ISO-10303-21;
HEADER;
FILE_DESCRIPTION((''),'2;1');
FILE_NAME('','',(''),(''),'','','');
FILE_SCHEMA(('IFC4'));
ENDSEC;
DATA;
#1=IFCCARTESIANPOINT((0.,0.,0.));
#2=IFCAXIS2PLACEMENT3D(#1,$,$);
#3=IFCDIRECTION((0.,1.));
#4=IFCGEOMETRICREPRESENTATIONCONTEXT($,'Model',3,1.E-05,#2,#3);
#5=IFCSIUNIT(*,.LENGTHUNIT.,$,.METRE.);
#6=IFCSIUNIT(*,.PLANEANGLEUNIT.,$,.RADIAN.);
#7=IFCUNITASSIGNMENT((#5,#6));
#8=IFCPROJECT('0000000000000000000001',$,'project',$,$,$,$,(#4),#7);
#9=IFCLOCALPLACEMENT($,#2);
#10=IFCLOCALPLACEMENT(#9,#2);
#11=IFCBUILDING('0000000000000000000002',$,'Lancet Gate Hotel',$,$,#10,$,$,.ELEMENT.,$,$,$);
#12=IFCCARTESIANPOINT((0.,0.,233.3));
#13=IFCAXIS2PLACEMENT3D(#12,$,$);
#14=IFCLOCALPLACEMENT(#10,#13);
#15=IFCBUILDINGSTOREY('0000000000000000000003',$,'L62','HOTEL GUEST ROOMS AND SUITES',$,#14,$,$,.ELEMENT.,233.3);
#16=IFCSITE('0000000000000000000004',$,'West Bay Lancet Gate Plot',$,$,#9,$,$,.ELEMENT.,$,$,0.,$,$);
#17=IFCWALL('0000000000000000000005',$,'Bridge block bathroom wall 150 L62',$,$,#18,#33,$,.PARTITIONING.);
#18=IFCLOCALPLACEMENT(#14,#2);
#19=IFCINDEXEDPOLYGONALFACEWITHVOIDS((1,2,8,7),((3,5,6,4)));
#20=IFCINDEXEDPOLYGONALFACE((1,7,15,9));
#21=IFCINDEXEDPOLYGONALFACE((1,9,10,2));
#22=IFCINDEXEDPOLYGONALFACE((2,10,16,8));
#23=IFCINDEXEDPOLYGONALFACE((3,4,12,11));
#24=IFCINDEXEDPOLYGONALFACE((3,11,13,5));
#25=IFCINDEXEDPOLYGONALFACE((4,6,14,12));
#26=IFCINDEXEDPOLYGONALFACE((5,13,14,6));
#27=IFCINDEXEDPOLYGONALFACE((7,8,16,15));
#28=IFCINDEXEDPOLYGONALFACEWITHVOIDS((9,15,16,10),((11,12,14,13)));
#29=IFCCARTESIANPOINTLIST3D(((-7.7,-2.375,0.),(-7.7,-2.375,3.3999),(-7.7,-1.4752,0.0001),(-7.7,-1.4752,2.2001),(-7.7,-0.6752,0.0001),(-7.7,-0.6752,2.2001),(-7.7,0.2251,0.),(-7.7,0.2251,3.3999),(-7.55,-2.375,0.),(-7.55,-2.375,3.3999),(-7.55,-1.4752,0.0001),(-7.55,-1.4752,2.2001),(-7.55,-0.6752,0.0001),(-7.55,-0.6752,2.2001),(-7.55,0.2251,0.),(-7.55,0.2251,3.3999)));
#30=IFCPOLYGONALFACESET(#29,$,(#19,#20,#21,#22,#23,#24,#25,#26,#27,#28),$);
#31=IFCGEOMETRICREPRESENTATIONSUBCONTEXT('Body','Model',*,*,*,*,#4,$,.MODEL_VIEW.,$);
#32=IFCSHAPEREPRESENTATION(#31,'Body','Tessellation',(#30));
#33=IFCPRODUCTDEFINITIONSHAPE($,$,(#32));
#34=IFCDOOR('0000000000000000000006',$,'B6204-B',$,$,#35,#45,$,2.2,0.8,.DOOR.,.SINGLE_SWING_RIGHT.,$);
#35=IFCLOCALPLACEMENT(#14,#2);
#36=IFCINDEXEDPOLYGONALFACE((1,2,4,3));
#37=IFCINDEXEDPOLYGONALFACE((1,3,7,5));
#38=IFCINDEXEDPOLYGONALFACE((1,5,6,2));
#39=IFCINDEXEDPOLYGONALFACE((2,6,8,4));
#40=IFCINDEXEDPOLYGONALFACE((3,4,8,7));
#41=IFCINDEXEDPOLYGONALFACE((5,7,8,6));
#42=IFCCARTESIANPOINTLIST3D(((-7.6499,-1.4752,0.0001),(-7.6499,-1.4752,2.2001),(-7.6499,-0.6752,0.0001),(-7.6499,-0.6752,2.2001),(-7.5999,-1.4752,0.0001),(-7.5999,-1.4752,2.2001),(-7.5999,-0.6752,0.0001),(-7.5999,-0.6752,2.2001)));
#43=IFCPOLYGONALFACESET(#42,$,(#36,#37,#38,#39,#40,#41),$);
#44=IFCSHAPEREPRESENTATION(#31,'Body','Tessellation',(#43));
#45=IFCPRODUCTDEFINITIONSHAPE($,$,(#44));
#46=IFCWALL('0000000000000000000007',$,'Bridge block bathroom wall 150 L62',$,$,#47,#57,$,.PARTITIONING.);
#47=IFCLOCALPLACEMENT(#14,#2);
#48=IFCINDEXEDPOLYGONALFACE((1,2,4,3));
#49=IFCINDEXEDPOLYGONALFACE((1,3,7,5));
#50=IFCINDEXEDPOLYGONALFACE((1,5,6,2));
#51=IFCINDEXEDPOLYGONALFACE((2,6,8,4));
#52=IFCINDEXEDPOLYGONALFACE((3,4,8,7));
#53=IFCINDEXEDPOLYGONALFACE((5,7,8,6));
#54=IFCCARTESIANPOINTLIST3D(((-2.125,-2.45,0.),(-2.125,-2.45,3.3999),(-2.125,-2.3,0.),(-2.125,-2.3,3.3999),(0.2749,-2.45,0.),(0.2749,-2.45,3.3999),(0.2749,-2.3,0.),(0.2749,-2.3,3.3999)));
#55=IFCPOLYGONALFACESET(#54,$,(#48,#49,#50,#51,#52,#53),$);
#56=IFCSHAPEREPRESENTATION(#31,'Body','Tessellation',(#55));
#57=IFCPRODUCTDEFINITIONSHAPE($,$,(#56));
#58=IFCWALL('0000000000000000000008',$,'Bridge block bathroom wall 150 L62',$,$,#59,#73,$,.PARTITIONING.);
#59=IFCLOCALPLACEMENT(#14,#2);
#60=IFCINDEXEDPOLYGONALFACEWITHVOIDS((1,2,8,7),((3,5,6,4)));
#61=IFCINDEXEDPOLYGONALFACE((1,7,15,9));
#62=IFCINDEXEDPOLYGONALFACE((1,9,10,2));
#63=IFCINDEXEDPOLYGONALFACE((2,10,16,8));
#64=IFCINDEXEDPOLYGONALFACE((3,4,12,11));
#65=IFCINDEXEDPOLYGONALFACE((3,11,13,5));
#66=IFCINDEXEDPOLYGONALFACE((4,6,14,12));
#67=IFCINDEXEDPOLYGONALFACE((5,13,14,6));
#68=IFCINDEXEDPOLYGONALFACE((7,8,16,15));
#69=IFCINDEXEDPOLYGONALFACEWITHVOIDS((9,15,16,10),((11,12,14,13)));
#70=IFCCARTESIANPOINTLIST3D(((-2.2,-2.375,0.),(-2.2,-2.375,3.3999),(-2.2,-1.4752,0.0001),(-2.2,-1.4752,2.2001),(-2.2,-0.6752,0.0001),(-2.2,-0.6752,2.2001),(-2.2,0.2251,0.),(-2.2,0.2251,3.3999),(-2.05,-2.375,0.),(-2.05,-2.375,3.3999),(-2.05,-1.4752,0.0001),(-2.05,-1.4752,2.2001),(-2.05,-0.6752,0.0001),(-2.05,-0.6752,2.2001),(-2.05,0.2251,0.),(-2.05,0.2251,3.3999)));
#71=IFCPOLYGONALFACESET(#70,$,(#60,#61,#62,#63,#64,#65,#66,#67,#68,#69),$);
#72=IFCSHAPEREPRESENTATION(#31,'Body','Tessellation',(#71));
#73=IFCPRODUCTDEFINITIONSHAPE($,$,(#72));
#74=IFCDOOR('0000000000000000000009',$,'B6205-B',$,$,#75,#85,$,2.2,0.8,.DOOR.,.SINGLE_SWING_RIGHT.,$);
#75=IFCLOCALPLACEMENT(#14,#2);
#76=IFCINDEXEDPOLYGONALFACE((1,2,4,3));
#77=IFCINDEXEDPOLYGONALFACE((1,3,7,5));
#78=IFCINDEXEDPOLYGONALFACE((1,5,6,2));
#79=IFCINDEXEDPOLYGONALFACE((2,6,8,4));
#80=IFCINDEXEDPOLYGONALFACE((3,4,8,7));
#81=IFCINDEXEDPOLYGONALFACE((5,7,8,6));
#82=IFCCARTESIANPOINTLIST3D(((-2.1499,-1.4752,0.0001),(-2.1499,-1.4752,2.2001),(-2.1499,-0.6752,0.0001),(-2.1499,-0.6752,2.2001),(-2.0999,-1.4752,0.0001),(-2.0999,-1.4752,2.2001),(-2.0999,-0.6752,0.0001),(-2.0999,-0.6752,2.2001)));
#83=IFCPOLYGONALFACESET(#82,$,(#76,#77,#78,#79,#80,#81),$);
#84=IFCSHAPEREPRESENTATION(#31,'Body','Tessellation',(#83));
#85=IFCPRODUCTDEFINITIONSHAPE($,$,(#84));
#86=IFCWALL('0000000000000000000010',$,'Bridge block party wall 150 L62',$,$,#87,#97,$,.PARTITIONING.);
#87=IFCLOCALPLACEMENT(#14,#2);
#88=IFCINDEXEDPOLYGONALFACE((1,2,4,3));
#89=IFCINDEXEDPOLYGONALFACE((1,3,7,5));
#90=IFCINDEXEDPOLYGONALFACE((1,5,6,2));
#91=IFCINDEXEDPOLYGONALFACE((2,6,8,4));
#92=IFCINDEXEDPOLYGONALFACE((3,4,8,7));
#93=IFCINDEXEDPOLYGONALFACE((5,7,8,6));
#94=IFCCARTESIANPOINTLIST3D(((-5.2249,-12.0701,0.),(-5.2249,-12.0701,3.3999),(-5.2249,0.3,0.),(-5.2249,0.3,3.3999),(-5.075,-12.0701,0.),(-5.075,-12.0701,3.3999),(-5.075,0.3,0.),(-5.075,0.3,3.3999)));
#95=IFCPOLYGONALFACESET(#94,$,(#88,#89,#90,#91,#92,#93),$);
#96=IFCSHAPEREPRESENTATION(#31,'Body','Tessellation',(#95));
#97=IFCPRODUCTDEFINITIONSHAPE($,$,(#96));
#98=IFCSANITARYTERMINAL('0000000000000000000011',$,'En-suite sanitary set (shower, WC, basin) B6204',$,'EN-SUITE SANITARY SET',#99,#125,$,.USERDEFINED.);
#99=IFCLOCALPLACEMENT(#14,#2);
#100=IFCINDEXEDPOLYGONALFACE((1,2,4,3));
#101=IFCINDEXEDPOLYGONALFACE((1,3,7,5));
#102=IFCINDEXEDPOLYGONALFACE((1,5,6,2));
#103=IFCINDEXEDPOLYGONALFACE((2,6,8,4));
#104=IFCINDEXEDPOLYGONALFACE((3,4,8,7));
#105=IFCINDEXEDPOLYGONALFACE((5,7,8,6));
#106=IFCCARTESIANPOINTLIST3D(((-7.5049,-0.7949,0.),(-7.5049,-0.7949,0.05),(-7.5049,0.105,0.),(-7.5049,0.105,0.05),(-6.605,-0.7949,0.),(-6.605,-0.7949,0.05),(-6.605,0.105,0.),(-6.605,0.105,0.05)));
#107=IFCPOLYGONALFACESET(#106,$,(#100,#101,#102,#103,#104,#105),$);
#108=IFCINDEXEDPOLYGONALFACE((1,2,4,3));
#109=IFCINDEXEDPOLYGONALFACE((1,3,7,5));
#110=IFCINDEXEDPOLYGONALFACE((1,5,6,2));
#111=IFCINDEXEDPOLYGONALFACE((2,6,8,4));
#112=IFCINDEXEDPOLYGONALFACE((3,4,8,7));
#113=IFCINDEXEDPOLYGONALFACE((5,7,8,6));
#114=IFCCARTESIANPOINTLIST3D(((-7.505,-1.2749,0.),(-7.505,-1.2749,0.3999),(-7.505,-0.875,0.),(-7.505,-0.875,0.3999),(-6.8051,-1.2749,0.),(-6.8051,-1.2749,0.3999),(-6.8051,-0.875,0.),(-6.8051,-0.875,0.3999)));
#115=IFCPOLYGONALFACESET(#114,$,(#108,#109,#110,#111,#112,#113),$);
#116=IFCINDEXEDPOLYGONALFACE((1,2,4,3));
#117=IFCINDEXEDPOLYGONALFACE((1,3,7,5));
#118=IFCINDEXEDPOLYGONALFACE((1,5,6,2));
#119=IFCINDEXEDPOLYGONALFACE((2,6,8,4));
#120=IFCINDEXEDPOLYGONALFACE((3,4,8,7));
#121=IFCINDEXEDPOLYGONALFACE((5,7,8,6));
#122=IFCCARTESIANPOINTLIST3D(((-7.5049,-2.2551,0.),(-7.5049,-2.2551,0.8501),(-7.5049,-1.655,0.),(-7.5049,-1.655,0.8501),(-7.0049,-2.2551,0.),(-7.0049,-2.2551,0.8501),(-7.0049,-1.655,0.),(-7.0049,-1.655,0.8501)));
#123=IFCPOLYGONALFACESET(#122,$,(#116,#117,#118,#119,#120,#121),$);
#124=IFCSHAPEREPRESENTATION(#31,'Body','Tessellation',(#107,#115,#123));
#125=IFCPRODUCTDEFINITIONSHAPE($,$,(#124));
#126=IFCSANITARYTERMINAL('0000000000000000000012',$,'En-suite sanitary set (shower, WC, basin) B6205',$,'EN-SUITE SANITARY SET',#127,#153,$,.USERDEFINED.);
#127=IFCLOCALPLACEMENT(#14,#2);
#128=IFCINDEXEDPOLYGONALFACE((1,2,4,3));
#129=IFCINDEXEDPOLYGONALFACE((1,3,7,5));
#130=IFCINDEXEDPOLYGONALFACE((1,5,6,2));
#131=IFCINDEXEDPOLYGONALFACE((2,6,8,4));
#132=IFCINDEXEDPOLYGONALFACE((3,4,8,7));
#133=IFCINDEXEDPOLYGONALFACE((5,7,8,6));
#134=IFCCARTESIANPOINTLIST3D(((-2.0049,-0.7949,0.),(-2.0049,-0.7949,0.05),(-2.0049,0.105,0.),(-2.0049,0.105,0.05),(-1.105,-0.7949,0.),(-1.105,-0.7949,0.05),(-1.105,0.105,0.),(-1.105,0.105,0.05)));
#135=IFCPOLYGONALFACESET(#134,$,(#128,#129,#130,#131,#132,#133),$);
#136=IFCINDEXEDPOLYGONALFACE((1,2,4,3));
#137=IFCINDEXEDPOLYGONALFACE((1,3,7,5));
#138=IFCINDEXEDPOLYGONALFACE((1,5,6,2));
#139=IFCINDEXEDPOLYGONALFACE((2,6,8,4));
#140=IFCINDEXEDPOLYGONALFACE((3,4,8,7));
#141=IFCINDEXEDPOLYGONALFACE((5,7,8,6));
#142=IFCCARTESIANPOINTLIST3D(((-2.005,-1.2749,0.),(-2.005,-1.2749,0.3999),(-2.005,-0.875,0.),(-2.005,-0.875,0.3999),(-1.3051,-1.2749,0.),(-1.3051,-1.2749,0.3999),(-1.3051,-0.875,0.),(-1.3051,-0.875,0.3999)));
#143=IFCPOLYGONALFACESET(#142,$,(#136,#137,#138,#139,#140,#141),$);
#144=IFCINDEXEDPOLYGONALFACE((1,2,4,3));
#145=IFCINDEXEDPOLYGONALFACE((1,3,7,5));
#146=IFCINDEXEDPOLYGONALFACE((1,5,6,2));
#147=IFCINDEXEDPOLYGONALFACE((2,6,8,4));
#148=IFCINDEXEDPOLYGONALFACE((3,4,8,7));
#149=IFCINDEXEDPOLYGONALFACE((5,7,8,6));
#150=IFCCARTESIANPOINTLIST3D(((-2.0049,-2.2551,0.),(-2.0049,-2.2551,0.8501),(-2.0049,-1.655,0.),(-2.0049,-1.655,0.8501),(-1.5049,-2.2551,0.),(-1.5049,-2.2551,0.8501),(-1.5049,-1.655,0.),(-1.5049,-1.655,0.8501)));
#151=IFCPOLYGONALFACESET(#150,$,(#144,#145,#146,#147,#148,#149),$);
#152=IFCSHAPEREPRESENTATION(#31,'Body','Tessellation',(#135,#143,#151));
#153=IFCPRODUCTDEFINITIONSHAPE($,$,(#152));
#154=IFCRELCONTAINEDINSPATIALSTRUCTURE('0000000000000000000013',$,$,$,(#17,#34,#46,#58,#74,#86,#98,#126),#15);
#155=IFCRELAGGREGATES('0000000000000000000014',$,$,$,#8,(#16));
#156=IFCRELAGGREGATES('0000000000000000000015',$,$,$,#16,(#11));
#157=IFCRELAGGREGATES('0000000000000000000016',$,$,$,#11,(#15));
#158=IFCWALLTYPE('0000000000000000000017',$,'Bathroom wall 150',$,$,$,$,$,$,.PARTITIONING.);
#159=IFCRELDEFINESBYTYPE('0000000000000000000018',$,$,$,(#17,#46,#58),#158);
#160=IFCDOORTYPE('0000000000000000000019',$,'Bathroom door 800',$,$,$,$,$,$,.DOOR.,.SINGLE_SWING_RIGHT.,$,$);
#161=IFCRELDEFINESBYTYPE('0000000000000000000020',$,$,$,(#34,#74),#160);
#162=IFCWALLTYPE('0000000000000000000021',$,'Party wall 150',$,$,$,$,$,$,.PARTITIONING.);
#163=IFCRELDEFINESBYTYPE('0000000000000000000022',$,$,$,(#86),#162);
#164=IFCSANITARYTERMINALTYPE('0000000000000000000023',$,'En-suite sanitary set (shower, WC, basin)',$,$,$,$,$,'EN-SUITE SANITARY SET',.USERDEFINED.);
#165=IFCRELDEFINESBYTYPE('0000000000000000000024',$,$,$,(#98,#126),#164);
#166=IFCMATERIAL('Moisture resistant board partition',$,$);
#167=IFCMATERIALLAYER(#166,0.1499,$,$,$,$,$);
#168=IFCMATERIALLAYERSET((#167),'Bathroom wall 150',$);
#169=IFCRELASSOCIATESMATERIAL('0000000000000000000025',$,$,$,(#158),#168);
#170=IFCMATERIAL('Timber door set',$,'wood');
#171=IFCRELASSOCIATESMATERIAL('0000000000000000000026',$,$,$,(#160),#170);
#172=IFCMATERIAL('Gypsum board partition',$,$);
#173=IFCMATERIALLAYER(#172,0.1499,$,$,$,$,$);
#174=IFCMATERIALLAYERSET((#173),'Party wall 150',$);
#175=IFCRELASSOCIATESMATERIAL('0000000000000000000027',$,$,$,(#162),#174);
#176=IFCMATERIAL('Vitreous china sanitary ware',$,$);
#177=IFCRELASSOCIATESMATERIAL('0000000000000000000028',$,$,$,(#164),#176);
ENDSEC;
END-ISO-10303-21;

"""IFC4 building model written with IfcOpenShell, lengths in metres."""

from ifc_helpers import new_model, si_unit, direction, frame, frame_2d, origin, origin_2d, place, context, subcontext, project, spatial, rectangle, extrude, material, layer, layer_set, type_object, element, fill, save


model = new_model("IFC4")

# Units and contexts
model_context = context("Model", 3, precision=1e-05, world=origin(), true_north=direction((0.0, 1.0)))
body_context = subcontext(model_context, "Body", "Model", "MODEL_VIEW")
ifc_project = project(units=[si_unit("LENGTHUNIT", "METRE"), si_unit("PLANEANGLEUNIT", "RADIAN")], contexts=[model_context])

# Site, building, storey
site_placement = place(None, origin())
site = spatial("IfcSite", under=ifc_project, at=site_placement, Name="West Bay Lancet Gate Plot", CompositionType="ELEMENT", RefElevation=0.0)
building_placement = place(site_placement, origin())
building = spatial("IfcBuilding", under=site, at=building_placement, Name="Lancet Gate Hotel", CompositionType="ELEMENT")
storey_placement = place(building_placement, frame((0.0, 0.0, 233.3)))
storey = spatial("IfcBuildingStorey", under=building, at=storey_placement, Name="L62", Description="HOTEL GUEST ROOMS AND SUITES", CompositionType="ELEMENT", Elevation=233.3)

# Shared definitions
ifc_material_1 = material(Name="Moisture resistant board partition")
ifc_layer_1 = layer(ifc_material_1, 0.1499)
ifc_layer_set_1 = layer_set([ifc_layer_1], Name="Bathroom wall 150")
wall_type_1 = type_object("IfcWallType", Name="Bathroom wall 150", PredefinedType="PARTITIONING", material=ifc_layer_set_1)

# Wall, opening, door
wall_1_placement = place(storey_placement, frame((-7.625, -2.375, 0.0), z_axis=(0.0, 0.0, 1.0), x_axis=(0.0, 1.0, 0.0)))
wall_1 = element("IfcWall", 1, at=wall_1_placement, inside=storey, type_object=wall_type_1, Name="Bridge block bathroom wall 150 L62", PredefinedType="PARTITIONING", context=body_context, shape_type="SweptSolid", body=[
    extrude(rectangle(XDim=2.6001, YDim=0.1499, at=frame_2d((1.3, 0.0))), origin(), (0.0, 0.0, 1.0), 3.3999),
])
opening_1_placement = place(wall_1_placement, frame((0.8999, 0.0, 0.0)))
opening_1 = element("IfcOpeningElement", 2, at=opening_1_placement, cuts=wall_1, PredefinedType="OPENING", context=body_context, shape_type="SweptSolid", body=[
    extrude(rectangle(XDim=0.8, YDim=2.2, at=frame_2d((0.3999, 1.1001))), frame((0.0, 0.085, 0.0), z_axis=(0.0, -1.0, 0.0), x_axis=(1.0, 0.0, 0.0)), (0.0, 0.0, 1.0), 0.1699),
])
ifc_material_2 = material(Name="Timber door set", Category="wood")
door_type = type_object("IfcDoorType", Name="Bathroom door 800", OperationType="SINGLE_SWING_RIGHT", PredefinedType="DOOR", material=ifc_material_2)
door_1_placement = place(opening_1_placement, origin())
door_1 = element("IfcDoor", 3, at=door_1_placement, inside=storey, type_object=door_type, Name="B6204-B", OperationType="SINGLE_SWING_RIGHT", OverallHeight=2.2, OverallWidth=0.8, PredefinedType="DOOR", context=body_context, shape_type="SweptSolid", body=[
    extrude(rectangle(XDim=0.8, YDim=2.2, at=frame_2d((0.3999, 1.1001))), frame((0.0, 0.0249, 0.0), z_axis=(0.0, -1.0, 0.0), x_axis=(1.0, 0.0, 0.0)), (0.0, 0.0, 1.0), 0.05),
])
fill(opening_1, door_1)

# Wall
wall_2_placement = place(storey_placement, frame((-2.125, -2.375, 0.0), z_axis=(0.0, 0.0, 1.0), x_axis=(1.0, 0.0, 0.0)))
element("IfcWall", 4, at=wall_2_placement, inside=storey, type_object=wall_type_1, Name="Bridge block bathroom wall 150 L62", PredefinedType="PARTITIONING", context=body_context, shape_type="SweptSolid", body=[
    extrude(rectangle(XDim=2.3999, YDim=0.1499, at=frame_2d((1.2, 0.0))), origin(), (0.0, 0.0, 1.0), 3.3999),
])

# Wall, opening, door
wall_3_placement = place(storey_placement, frame((-2.125, -2.375, 0.0), z_axis=(0.0, 0.0, 1.0), x_axis=(0.0, 1.0, 0.0)))
wall_3 = element("IfcWall", 5, at=wall_3_placement, inside=storey, type_object=wall_type_1, Name="Bridge block bathroom wall 150 L62", PredefinedType="PARTITIONING", context=body_context, shape_type="SweptSolid", body=[
    extrude(rectangle(XDim=2.6001, YDim=0.1499, at=frame_2d((1.3, 0.0))), origin(), (0.0, 0.0, 1.0), 3.3999),
])
opening_2_placement = place(wall_3_placement, frame((0.8999, 0.0, 0.0)))
opening_2 = element("IfcOpeningElement", 6, at=opening_2_placement, cuts=wall_3, PredefinedType="OPENING", context=body_context, shape_type="SweptSolid", body=[
    extrude(rectangle(XDim=0.8, YDim=2.2, at=frame_2d((0.3999, 1.1001))), frame((0.0, 0.085, 0.0), z_axis=(0.0, -1.0, 0.0), x_axis=(1.0, 0.0, 0.0)), (0.0, 0.0, 1.0), 0.1699),
])
door_2_placement = place(opening_2_placement, origin())
door_2 = element("IfcDoor", 7, at=door_2_placement, inside=storey, type_object=door_type, Name="B6205-B", OperationType="SINGLE_SWING_RIGHT", OverallHeight=2.2, OverallWidth=0.8, PredefinedType="DOOR", context=body_context, shape_type="SweptSolid", body=[
    extrude(rectangle(XDim=0.8, YDim=2.2, at=frame_2d((0.3999, 1.1001))), frame((0.0, 0.0249, 0.0), z_axis=(0.0, -1.0, 0.0), x_axis=(1.0, 0.0, 0.0)), (0.0, 0.0, 1.0), 0.05),
])
fill(opening_2, door_2)

# Wall
ifc_material_3 = material(Name="Gypsum board partition")
ifc_layer_2 = layer(ifc_material_3, 0.1499)
ifc_layer_set_2 = layer_set([ifc_layer_2], Name="Party wall 150")
wall_type_2 = type_object("IfcWallType", Name="Party wall 150", PredefinedType="PARTITIONING", material=ifc_layer_set_2)
wall_4_placement = place(storey_placement, frame((-5.1499, -12.0701, 0.0), z_axis=(0.0, 0.0, 1.0), x_axis=(0.0, 1.0, 0.0)))
element("IfcWall", 8, at=wall_4_placement, inside=storey, type_object=wall_type_2, Name="Bridge block party wall 150 L62", PredefinedType="PARTITIONING", context=body_context, shape_type="SweptSolid", body=[
    extrude(rectangle(XDim=12.3701, YDim=0.1499, at=frame_2d((6.1851, 0.0))), origin(), (0.0, 0.0, 1.0), 3.3999),
])

# Sanitary terminals
ifc_material_4 = material(Name="Vitreous china sanitary ware")
sanitary_terminal_type = type_object("IfcSanitaryTerminalType", Name="En-suite sanitary set (shower, WC, basin)", ElementType="EN-SUITE SANITARY SET", PredefinedType="USERDEFINED", material=ifc_material_4)
for number, where, z_axis, x_axis, name in (
    (9, (-7.0549, -0.345, 0.0), (0.0, 0.0, 1.0), (1.0, 0.0, 0.0), "En-suite sanitary set (shower, WC, basin) B6204"),
    (10, (-1.5549, -0.345, 0.0), (0.0, 0.0, 1.0), (1.0, 0.0, 0.0), "En-suite sanitary set (shower, WC, basin) B6205"),
):
    element("IfcSanitaryTerminal", number, at=place(storey_placement, frame(where, z_axis=z_axis, x_axis=x_axis)), inside=storey, type_object=sanitary_terminal_type, Name=name, ObjectType="EN-SUITE SANITARY SET", PredefinedType="USERDEFINED", context=body_context, shape_type="SweptSolid", body=[
        extrude(rectangle(XDim=0.8999, YDim=0.8999, at=origin_2d()), frame((0.0, 0.0, 0.0), z_axis=(0.0, 0.0, 1.0), x_axis=(0.0, 1.0, 0.0)), (0.0, 0.0, 1.0), 0.05),
        extrude(rectangle(XDim=0.3999, YDim=0.7, at=origin_2d()), frame((-0.1001, -0.73, 0.0), z_axis=(0.0, 0.0, 1.0), x_axis=(0.0, 1.0, 0.0)), (0.0, 0.0, 1.0), 0.3999),
        extrude(rectangle(XDim=0.6001, YDim=0.5, at=origin_2d()), frame((-0.2, -1.6101, 0.0), z_axis=(0.0, 0.0, 1.0), x_axis=(0.0, 1.0, 0.0)), (0.0, 0.0, 1.0), 0.8501),
    ])

save(model, "model.ifc")
